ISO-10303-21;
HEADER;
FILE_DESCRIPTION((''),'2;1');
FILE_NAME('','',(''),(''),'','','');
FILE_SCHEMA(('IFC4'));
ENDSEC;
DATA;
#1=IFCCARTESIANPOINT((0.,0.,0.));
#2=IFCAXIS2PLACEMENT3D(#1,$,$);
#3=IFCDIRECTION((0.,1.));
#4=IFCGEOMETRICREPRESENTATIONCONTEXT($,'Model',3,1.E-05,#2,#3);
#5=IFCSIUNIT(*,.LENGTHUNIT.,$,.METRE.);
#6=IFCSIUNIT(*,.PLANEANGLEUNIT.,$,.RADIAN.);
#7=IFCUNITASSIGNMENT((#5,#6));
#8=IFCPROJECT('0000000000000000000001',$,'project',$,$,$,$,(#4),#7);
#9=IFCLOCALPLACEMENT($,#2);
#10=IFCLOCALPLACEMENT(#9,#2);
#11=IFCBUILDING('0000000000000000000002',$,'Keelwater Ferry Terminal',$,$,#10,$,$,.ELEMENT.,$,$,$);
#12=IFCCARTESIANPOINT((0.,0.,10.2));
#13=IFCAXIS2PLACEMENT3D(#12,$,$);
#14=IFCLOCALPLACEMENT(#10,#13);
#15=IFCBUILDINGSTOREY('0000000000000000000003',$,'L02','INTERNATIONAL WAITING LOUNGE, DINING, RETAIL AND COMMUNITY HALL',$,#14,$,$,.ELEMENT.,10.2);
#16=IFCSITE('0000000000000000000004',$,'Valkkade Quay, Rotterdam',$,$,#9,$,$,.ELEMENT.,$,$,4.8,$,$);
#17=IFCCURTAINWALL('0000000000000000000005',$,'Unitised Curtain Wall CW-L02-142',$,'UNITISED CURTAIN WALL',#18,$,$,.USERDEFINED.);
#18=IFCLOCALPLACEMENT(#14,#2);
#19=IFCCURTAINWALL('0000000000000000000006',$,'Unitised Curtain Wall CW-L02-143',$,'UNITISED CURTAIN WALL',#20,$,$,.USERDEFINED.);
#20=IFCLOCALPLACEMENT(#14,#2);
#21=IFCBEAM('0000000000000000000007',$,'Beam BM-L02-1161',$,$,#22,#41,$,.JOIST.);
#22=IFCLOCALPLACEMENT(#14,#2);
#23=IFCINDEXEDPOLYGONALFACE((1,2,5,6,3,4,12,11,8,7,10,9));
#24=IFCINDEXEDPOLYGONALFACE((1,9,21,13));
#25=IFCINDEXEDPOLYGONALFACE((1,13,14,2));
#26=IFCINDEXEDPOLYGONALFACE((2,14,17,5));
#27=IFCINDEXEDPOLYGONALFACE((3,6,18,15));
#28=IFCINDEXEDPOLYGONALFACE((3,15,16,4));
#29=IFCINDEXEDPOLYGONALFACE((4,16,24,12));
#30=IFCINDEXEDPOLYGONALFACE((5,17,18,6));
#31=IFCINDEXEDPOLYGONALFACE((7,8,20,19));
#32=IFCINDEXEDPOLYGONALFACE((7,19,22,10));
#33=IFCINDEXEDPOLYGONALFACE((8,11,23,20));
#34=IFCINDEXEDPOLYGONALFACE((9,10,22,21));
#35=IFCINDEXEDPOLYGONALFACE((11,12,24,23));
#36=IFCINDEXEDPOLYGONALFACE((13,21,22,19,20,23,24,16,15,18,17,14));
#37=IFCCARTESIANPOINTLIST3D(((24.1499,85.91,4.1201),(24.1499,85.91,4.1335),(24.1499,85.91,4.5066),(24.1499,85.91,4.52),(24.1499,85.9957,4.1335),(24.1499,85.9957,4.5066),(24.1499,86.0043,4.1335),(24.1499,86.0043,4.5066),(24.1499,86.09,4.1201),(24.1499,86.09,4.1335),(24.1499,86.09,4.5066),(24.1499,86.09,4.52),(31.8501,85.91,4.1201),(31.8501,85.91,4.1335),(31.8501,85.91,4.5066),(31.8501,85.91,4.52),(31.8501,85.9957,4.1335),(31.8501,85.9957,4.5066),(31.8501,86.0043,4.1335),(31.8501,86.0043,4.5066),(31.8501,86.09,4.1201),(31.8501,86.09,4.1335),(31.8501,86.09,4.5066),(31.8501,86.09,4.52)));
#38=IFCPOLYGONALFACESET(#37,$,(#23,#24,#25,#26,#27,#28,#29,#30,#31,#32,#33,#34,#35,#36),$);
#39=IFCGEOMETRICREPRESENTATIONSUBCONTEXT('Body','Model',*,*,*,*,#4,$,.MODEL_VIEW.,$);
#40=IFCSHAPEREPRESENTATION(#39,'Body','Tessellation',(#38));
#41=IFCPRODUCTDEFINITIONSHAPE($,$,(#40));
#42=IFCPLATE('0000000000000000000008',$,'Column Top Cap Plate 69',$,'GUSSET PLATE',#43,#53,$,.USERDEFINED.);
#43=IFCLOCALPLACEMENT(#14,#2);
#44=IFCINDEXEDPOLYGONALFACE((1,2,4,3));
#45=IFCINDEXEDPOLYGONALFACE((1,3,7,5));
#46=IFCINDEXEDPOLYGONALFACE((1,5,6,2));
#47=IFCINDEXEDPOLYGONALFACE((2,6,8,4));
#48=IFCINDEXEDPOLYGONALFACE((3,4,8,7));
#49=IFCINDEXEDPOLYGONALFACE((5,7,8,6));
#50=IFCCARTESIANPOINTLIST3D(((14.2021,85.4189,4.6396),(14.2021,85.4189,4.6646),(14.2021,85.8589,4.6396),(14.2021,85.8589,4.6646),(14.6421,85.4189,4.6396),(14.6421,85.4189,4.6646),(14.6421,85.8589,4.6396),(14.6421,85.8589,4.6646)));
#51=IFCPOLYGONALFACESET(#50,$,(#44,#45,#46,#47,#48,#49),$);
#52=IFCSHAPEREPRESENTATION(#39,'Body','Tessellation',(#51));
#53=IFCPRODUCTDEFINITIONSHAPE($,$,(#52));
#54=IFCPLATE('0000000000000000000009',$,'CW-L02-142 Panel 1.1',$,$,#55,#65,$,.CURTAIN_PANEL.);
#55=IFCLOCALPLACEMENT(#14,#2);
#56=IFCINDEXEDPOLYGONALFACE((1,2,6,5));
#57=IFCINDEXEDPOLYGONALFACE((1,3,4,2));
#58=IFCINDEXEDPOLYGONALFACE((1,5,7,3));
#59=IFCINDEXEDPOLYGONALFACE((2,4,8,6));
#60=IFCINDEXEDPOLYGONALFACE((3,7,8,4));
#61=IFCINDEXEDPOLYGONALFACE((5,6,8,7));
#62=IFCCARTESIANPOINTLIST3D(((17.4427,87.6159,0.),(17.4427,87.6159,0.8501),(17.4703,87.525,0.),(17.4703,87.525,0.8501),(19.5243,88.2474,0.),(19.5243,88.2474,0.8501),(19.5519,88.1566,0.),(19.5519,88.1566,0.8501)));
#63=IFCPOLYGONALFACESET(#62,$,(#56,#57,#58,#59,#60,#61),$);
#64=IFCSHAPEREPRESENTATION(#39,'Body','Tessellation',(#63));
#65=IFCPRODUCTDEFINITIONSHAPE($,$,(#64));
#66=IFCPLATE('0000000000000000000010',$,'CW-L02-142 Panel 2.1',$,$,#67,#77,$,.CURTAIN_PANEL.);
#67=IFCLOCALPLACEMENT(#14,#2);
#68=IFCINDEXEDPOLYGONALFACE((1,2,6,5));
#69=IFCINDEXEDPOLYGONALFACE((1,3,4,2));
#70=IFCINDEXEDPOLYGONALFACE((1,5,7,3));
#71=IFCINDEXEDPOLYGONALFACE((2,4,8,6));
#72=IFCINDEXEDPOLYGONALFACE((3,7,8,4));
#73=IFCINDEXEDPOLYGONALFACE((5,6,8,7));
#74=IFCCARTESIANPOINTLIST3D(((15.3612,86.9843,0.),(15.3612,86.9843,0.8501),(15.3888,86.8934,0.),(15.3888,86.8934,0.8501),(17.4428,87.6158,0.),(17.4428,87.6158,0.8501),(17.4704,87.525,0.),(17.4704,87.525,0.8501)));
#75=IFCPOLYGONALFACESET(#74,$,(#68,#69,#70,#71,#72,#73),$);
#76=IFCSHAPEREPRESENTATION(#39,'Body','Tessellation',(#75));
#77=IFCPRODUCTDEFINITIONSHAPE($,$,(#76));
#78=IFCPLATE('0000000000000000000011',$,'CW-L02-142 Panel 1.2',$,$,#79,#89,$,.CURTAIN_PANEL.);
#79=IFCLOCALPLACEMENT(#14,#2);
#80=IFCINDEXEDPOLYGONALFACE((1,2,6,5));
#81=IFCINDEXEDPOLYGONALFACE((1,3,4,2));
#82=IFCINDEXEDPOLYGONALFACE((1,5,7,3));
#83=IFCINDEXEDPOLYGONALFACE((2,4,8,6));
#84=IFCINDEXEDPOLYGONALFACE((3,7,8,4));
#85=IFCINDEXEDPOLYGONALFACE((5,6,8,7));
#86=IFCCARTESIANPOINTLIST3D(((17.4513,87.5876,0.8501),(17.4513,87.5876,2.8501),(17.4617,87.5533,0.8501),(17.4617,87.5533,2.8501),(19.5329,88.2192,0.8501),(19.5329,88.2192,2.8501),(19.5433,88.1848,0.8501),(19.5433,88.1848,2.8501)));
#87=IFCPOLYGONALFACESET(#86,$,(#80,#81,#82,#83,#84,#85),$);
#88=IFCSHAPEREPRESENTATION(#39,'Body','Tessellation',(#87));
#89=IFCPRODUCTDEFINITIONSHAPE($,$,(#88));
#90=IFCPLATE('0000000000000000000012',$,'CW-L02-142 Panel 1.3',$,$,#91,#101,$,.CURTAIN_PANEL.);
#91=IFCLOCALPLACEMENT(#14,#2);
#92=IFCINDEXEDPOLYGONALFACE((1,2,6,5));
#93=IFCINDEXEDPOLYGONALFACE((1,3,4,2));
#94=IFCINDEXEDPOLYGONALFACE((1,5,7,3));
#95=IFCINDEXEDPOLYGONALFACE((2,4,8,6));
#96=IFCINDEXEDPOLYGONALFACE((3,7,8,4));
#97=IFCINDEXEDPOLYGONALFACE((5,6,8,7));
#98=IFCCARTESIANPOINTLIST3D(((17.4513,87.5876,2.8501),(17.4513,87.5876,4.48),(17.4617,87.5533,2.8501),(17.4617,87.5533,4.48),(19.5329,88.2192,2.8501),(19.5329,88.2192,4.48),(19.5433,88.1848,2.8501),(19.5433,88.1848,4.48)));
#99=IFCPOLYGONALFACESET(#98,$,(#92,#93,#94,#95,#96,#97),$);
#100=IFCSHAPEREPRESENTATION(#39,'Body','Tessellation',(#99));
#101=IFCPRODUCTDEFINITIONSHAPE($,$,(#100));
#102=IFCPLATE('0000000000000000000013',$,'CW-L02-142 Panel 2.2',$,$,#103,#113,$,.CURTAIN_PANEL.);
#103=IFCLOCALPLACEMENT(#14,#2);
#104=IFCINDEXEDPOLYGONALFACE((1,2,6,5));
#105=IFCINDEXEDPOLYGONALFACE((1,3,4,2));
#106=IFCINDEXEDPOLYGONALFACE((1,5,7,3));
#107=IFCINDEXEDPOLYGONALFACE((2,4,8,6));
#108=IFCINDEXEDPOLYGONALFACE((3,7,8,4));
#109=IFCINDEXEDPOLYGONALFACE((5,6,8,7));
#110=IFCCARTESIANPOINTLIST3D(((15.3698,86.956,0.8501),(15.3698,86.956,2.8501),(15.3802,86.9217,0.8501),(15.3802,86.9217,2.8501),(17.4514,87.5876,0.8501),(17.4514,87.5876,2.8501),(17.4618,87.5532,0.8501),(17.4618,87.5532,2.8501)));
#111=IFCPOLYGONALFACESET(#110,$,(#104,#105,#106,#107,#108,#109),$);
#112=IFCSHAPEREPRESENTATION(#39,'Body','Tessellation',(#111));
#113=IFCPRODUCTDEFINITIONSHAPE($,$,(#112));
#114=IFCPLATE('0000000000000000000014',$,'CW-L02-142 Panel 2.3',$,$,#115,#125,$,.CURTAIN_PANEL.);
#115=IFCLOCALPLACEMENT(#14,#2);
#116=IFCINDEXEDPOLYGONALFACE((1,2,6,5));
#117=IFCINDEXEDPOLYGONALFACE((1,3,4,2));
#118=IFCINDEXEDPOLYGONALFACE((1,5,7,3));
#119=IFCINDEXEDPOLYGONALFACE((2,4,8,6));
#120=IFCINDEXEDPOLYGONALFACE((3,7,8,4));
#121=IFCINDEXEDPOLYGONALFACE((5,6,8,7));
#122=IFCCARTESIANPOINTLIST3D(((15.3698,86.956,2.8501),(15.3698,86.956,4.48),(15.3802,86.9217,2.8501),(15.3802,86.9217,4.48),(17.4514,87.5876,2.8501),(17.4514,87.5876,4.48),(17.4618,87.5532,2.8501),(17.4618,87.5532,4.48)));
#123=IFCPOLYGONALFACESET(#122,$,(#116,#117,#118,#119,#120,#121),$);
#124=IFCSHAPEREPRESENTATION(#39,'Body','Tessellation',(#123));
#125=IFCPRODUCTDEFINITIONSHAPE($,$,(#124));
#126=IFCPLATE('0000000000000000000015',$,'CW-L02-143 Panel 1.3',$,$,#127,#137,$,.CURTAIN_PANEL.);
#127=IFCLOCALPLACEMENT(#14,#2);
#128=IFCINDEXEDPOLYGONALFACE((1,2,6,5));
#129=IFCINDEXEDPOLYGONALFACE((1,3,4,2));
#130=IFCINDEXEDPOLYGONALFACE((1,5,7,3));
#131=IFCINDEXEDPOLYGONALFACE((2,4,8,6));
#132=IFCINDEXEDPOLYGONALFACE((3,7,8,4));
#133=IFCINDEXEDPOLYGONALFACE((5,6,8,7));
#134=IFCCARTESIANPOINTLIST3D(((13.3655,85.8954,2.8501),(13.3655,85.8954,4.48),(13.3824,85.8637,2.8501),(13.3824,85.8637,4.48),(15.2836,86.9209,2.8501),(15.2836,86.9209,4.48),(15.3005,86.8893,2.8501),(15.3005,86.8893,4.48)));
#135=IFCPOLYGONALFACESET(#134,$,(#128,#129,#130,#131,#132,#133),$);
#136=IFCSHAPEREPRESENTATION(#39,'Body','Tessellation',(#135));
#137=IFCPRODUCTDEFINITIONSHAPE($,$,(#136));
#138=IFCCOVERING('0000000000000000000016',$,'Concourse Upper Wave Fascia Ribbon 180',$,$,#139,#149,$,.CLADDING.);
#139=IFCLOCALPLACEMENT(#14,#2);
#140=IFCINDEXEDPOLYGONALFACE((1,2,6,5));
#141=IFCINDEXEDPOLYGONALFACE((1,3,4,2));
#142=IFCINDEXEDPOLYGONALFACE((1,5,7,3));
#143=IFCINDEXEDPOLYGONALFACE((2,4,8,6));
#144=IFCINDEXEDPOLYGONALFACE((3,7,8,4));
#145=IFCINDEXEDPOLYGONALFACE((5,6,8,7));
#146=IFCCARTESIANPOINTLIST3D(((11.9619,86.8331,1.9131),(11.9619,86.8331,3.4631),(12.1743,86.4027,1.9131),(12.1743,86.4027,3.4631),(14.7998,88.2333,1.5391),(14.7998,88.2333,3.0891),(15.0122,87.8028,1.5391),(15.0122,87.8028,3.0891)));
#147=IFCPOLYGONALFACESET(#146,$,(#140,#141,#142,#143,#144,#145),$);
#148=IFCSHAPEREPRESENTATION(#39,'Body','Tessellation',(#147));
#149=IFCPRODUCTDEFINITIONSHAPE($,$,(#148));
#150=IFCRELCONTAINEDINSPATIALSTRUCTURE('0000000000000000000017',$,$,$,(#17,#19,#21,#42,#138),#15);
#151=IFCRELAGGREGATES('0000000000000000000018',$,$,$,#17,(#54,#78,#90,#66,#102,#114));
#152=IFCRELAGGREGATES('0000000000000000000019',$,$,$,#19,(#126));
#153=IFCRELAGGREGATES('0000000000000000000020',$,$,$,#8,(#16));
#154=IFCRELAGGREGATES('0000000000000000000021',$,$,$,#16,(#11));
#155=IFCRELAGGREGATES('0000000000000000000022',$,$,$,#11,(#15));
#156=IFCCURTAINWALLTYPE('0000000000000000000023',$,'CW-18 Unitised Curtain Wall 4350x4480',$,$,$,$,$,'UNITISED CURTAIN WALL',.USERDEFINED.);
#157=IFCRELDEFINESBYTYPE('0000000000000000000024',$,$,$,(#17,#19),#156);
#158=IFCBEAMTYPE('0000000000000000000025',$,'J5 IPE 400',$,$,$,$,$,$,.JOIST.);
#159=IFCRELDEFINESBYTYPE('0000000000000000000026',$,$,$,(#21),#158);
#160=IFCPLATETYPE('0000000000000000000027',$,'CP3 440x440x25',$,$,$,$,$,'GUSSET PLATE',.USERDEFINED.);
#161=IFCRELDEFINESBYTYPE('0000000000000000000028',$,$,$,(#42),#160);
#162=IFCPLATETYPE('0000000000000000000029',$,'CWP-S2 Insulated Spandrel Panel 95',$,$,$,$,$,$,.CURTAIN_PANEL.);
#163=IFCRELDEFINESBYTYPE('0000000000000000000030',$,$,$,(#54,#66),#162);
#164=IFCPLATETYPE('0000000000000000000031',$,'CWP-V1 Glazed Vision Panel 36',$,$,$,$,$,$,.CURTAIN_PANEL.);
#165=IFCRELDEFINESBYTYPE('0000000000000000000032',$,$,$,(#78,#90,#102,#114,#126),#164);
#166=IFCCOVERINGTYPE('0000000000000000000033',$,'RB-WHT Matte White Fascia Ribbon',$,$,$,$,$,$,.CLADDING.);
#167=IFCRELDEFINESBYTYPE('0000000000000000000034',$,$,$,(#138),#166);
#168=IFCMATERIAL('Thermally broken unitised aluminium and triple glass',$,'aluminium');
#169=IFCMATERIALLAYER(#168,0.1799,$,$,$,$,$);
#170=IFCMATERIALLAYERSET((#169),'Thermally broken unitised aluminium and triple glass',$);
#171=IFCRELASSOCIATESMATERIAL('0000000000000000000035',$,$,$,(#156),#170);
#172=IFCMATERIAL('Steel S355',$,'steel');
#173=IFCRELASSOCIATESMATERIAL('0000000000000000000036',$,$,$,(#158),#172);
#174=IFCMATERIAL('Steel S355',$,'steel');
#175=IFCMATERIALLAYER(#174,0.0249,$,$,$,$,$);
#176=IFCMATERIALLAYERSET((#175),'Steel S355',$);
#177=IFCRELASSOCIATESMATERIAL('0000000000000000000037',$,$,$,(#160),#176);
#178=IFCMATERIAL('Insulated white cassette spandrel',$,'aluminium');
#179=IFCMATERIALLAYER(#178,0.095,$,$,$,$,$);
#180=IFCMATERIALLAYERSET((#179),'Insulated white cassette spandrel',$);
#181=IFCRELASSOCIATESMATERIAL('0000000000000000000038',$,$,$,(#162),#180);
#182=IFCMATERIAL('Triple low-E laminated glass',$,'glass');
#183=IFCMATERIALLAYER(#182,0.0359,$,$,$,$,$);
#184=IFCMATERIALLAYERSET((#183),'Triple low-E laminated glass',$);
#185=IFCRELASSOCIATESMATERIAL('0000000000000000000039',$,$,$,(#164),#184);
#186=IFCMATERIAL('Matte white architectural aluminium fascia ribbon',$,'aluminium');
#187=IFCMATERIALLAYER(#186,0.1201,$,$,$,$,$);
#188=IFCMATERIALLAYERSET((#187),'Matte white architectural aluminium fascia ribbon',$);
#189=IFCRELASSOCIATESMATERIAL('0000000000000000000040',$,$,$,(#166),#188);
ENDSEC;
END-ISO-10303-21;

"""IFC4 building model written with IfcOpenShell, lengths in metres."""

from ifc_helpers import new_model, si_unit, direction, frame, origin, origin_2d, place, context, subcontext, project, spatial, polyline, rectangle, i_section, outline, extrude, material, layer, layer_set, material_profile, profile_set, type_object, element, aggregate, save


model = new_model("IFC4")

# Units and contexts
model_context = context("Model", 3, precision=1e-05, world=origin(), true_north=direction((0.0, 1.0)))
body_context = subcontext(model_context, "Body", "Model", "MODEL_VIEW")
ifc_project = project(units=[si_unit("LENGTHUNIT", "METRE"), si_unit("PLANEANGLEUNIT", "RADIAN")], contexts=[model_context])

# Site, building, storey
site_placement = place(None, origin())
site = spatial("IfcSite", under=ifc_project, at=site_placement, Name="Valkkade Quay, Rotterdam", CompositionType="ELEMENT", RefElevation=4.8)
building_placement = place(site_placement, origin())
building = spatial("IfcBuilding", under=site, at=building_placement, Name="Keelwater Ferry Terminal", CompositionType="ELEMENT")
storey_placement = place(building_placement, frame((0.0, 0.0, 10.2)))
storey = spatial("IfcBuildingStorey", under=building, at=storey_placement, Name="L02", Description="INTERNATIONAL WAITING LOUNGE, DINING, RETAIL AND COMMUNITY HALL", CompositionType="ELEMENT", Elevation=10.2)

# Curtain walls
ifc_material_1 = material(Name="Thermally broken unitised aluminium and triple glass", Category="aluminium")
ifc_layer_1 = layer(ifc_material_1, 0.1799)
ifc_layer_set_1 = layer_set([ifc_layer_1], Name="Thermally broken unitised aluminium and triple glass")
curtain_wall_type = type_object("IfcCurtainWallType", Name="CW-18 Unitised Curtain Wall 4350x4480", ElementType="UNITISED CURTAIN WALL", PredefinedType="USERDEFINED", material=ifc_layer_set_1)
curtain_wall_1_placement = place(storey_placement, origin())
curtain_wall_1 = element("IfcCurtainWall", 1, at=curtain_wall_1_placement, inside=storey, type_object=curtain_wall_type, Name="Unitised Curtain Wall CW-L02-142", ObjectType="UNITISED CURTAIN WALL", PredefinedType="USERDEFINED")
curtain_wall_2_placement = place(storey_placement, origin())
curtain_wall_2 = element("IfcCurtainWall", 2, at=curtain_wall_2_placement, inside=storey, type_object=curtain_wall_type, Name="Unitised Curtain Wall CW-L02-143", ObjectType="UNITISED CURTAIN WALL", PredefinedType="USERDEFINED")

# Beam
ifc_material_2 = material(Name="Steel S355", Category="steel")
ifc_material_profile_1 = material_profile(ifc_material_2, i_section(OverallWidth=0.1799, OverallDepth=0.3999, WebThickness=0.0085, FlangeThickness=0.0134, at=origin_2d()), Name="IPE 400")
ifc_profile_set_1 = profile_set([ifc_material_profile_1], Name="Steel S355")
beam_type_1 = type_object("IfcBeamType", Name="J5 IPE 400", PredefinedType="JOIST", material=ifc_profile_set_1)
for number, where, z_axis, x_axis, name in (
    (3, (24.1499, 86.0, 4.3201), (1.0, 0.0, 0.0), (0.0, 1.0, 0.0), "Beam BM-L02-1161"),
):
    element("IfcBeam", number, at=place(storey_placement, frame(where, z_axis=z_axis, x_axis=x_axis)), inside=storey, type_object=beam_type_1, Name=name, PredefinedType="JOIST", context=body_context, shape_type="SweptSolid", body=[
        extrude(i_section(OverallWidth=0.1799, OverallDepth=0.3999, WebThickness=0.0085, FlangeThickness=0.0134, at=origin_2d()), origin(), (0.0, 0.0, 1.0), 7.7002),
    ])

# Plates
ifc_material_3 = material(Name="Steel S355", Category="steel")
ifc_layer_2 = layer(ifc_material_3, 0.0249)
ifc_layer_set_2 = layer_set([ifc_layer_2], Name="Steel S355")
plate_type_1 = type_object("IfcPlateType", Name="CP3 440x440x25", ElementType="GUSSET PLATE", PredefinedType="USERDEFINED", material=ifc_layer_set_2)
plate_1_placement = place(storey_placement, frame((14.4221, 85.6389, 4.6396), z_axis=(0.0, 0.0, 1.0), x_axis=(1.0, 0.0, 0.0)))
element("IfcPlate", 4, at=plate_1_placement, inside=storey, type_object=plate_type_1, Name="Column Top Cap Plate 69", ObjectType="GUSSET PLATE", PredefinedType="USERDEFINED", context=body_context, shape_type="SweptSolid", body=[
    extrude(rectangle(XDim=0.4399, YDim=0.4399, at=origin_2d()), origin(), (0.0, 0.0, 1.0), 0.0249),
])
ifc_material_4 = material(Name="Insulated white cassette spandrel", Category="aluminium")
ifc_layer_3 = layer(ifc_material_4, 0.095)
ifc_layer_set_3 = layer_set([ifc_layer_3], Name="Insulated white cassette spandrel")
plate_type_2 = type_object("IfcPlateType", Name="CWP-S2 Insulated Spandrel Panel 95", PredefinedType="CURTAIN_PANEL", material=ifc_layer_set_3)
plate_2_placement = place(storey_placement, frame((18.4973, 87.8862, 0.0), z_axis=(0.0, 0.0, 1.0), x_axis=(-0.95693, -0.29032, 0.0)))
plate_2 = element("IfcPlate", 5, at=plate_2_placement, type_object=plate_type_2, Name="CW-L02-142 Panel 1.1", PredefinedType="CURTAIN_PANEL", context=body_context, shape_type="SweptSolid", body=[
    extrude(rectangle(XDim=2.1753, YDim=0.095, at=origin_2d()), origin(), (0.0, 0.0, 1.0), 0.8501),
])
plate_3_placement = place(storey_placement, frame((16.4158, 87.2546, 0.0), z_axis=(0.0, 0.0, 1.0), x_axis=(-0.95693, -0.29032, 0.0)))
plate_3 = element("IfcPlate", 6, at=plate_3_placement, type_object=plate_type_2, Name="CW-L02-142 Panel 2.1", PredefinedType="CURTAIN_PANEL", context=body_context, shape_type="SweptSolid", body=[
    extrude(rectangle(XDim=2.1753, YDim=0.095, at=origin_2d()), origin(), (0.0, 0.0, 1.0), 0.8501),
])
ifc_material_5 = material(Name="Triple low-E laminated glass", Category="glass")
ifc_layer_4 = layer(ifc_material_5, 0.0359)
ifc_layer_set_4 = layer_set([ifc_layer_4], Name="Triple low-E laminated glass")
plate_type_3 = type_object("IfcPlateType", Name="CWP-V1 Glazed Vision Panel 36", PredefinedType="CURTAIN_PANEL", material=ifc_layer_set_4)
plate_4_placement = place(storey_placement, frame((18.4973, 87.8862, 0.8501), z_axis=(0.0, 0.0, 1.0), x_axis=(-0.95693, -0.29032, 0.0)))
plate_4 = element("IfcPlate", 7, at=plate_4_placement, type_object=plate_type_3, Name="CW-L02-142 Panel 1.2", PredefinedType="CURTAIN_PANEL", context=body_context, shape_type="SweptSolid", body=[
    extrude(rectangle(XDim=2.1753, YDim=0.0359, at=origin_2d()), origin(), (0.0, 0.0, 1.0), 2.0),
])
plate_5_placement = place(storey_placement, frame((18.4973, 87.8862, 2.8501), z_axis=(0.0, 0.0, 1.0), x_axis=(-0.95693, -0.29032, 0.0)))
plate_5 = element("IfcPlate", 8, at=plate_5_placement, type_object=plate_type_3, Name="CW-L02-142 Panel 1.3", PredefinedType="CURTAIN_PANEL", context=body_context, shape_type="SweptSolid", body=[
    extrude(rectangle(XDim=2.1753, YDim=0.0359, at=origin_2d()), origin(), (0.0, 0.0, 1.0), 1.6299),
])
plate_6_placement = place(storey_placement, frame((16.4158, 87.2546, 0.8501), z_axis=(0.0, 0.0, 1.0), x_axis=(-0.95693, -0.29032, 0.0)))
plate_6 = element("IfcPlate", 9, at=plate_6_placement, type_object=plate_type_3, Name="CW-L02-142 Panel 2.2", PredefinedType="CURTAIN_PANEL", context=body_context, shape_type="SweptSolid", body=[
    extrude(rectangle(XDim=2.1753, YDim=0.0359, at=origin_2d()), origin(), (0.0, 0.0, 1.0), 2.0),
])
plate_7_placement = place(storey_placement, frame((16.4158, 87.2546, 2.8501), z_axis=(0.0, 0.0, 1.0), x_axis=(-0.95693, -0.29032, 0.0)))
plate_7 = element("IfcPlate", 10, at=plate_7_placement, type_object=plate_type_3, Name="CW-L02-142 Panel 2.3", PredefinedType="CURTAIN_PANEL", context=body_context, shape_type="SweptSolid", body=[
    extrude(rectangle(XDim=2.1753, YDim=0.0359, at=origin_2d()), origin(), (0.0, 0.0, 1.0), 1.6299),
])
aggregate(curtain_wall_1, [plate_2, plate_4, plate_5, plate_3, plate_6, plate_7])
plate_8_placement = place(storey_placement, frame((14.333, 86.3923, 2.8501), z_axis=(0.0, 0.0, 1.0), x_axis=(-0.881862, -0.471507, 0.0)))
plate_8 = element("IfcPlate", 11, at=plate_8_placement, type_object=plate_type_3, Name="CW-L02-143 Panel 1.3", PredefinedType="CURTAIN_PANEL", context=body_context, shape_type="SweptSolid", body=[
    extrude(rectangle(XDim=2.175, YDim=0.0359, at=origin_2d()), origin(), (0.0, 0.0, 1.0), 1.6299),
])
aggregate(curtain_wall_2, [plate_8])

# Covering
ifc_material_6 = material(Name="Matte white architectural aluminium fascia ribbon", Category="aluminium")
ifc_layer_5 = layer(ifc_material_6, 0.1201)
ifc_layer_set_5 = layer_set([ifc_layer_5], Name="Matte white architectural aluminium fascia ribbon")
covering_type = type_object("IfcCoveringType", Name="RB-WHT Matte White Fascia Ribbon", PredefinedType="CLADDING", material=ifc_layer_set_5)
covering_placement = place(storey_placement, frame((14.906, 88.0181, 1.5391), z_axis=(0.0, 0.0, 1.0), x_axis=(-0.896791, -0.442455, 0.0)))
element("IfcCovering", 12, at=covering_placement, inside=storey, type_object=covering_type, Name="Concourse Upper Wave Fascia Ribbon 180", PredefinedType="CLADDING", context=body_context, shape_type="SweptSolid", body=[
    extrude(outline(polyline([(0.0, 0.0), (3.1646, 0.374), (3.1646, 1.9241), (0.0, 1.55), (0.0, 0.0)])), frame((0.0, 0.24, 0.0), z_axis=(0.0, -1.0, 0.0), x_axis=(1.0, 0.0, 0.0)), (0.0, 0.0, 1.0), 0.48),
])

save(model, "model.ifc")
